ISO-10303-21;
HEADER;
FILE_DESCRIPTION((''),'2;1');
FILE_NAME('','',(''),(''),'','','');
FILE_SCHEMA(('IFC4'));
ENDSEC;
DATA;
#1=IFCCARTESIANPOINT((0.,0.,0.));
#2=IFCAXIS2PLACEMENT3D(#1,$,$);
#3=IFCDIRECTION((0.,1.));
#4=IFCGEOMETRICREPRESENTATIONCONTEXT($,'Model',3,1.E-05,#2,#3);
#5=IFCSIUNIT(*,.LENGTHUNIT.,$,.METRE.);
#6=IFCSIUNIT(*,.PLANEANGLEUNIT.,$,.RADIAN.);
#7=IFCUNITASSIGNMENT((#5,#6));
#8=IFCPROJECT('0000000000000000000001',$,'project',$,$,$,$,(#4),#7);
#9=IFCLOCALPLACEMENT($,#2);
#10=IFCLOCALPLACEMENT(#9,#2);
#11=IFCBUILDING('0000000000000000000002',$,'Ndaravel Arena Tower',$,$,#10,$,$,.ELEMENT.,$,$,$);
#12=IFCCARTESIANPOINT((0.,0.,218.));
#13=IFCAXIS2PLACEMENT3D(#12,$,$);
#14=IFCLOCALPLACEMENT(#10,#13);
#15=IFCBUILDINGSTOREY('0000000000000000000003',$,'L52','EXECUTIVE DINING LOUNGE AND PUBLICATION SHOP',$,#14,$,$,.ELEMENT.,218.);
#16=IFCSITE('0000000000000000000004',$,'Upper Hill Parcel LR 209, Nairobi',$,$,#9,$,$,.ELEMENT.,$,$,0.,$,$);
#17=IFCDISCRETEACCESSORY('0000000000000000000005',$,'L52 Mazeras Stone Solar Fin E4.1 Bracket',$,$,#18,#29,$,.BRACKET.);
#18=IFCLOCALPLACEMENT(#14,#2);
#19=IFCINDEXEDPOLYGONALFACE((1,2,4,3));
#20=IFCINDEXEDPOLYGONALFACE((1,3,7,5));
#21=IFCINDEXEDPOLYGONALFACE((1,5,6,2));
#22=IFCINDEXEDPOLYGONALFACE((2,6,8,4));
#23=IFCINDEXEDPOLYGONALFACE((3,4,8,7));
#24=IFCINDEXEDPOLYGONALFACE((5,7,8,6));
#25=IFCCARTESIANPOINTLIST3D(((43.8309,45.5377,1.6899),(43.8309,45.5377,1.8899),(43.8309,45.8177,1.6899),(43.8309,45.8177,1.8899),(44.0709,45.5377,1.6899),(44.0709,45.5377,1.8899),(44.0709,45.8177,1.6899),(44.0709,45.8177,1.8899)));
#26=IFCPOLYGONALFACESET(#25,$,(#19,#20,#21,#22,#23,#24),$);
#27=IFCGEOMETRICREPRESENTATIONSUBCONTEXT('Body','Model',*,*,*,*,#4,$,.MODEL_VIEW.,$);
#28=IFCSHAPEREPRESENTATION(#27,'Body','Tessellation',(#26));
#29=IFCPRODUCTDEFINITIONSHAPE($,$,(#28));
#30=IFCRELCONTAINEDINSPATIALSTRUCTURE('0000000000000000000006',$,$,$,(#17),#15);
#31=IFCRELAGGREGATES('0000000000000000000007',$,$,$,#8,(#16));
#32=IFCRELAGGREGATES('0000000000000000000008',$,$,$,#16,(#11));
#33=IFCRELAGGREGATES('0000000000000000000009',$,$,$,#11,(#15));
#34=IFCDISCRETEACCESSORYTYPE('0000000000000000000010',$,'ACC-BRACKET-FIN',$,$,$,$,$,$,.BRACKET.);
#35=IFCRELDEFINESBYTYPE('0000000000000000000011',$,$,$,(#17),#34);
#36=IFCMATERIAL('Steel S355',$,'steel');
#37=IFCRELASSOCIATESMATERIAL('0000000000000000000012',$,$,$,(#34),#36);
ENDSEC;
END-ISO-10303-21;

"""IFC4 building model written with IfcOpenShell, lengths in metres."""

from ifc_helpers import new_model, si_unit, direction, frame, origin, origin_2d, place, context, subcontext, project, spatial, rectangle, extrude, material, type_object, element, save


model = new_model("IFC4")

# Units and contexts
model_context = context("Model", 3, precision=1e-05, world=origin(), true_north=direction((0.0, 1.0)))
body_context = subcontext(model_context, "Body", "Model", "MODEL_VIEW")
ifc_project = project(units=[si_unit("LENGTHUNIT", "METRE"), si_unit("PLANEANGLEUNIT", "RADIAN")], contexts=[model_context])

# Site, building, storey
site_placement = place(None, origin())
site = spatial("IfcSite", under=ifc_project, at=site_placement, Name="Upper Hill Parcel LR 209, Nairobi", CompositionType="ELEMENT", RefElevation=0.0)
building_placement = place(site_placement, origin())
building = spatial("IfcBuilding", under=site, at=building_placement, Name="Ndaravel Arena Tower", CompositionType="ELEMENT")
storey_placement = place(building_placement, frame((0.0, 0.0, 218.0)))
storey = spatial("IfcBuildingStorey", under=building, at=storey_placement, Name="L52", Description="EXECUTIVE DINING LOUNGE AND PUBLICATION SHOP", CompositionType="ELEMENT", Elevation=218.0)

# Discrete accessory
ifc_material_1 = material(Name="Steel S355", Category="steel")
discrete_accessory_type = type_object("IfcDiscreteAccessoryType", Name="ACC-BRACKET-FIN", PredefinedType="BRACKET", material=ifc_material_1)
discrete_accessory_placement = place(storey_placement, frame((43.9509, 45.6777, 1.6899), z_axis=(0.0, 0.0, 1.0), x_axis=(0.0, 1.0, 0.0)))
element("IfcDiscreteAccessory", 1, at=discrete_accessory_placement, inside=storey, type_object=discrete_accessory_type, Name="L52 Mazeras Stone Solar Fin E4.1 Bracket", PredefinedType="BRACKET", context=body_context, shape_type="SweptSolid", body=[
    extrude(rectangle(XDim=0.28, YDim=0.24, at=origin_2d()), origin(), (0.0, 0.0, 1.0), 0.2),
])

save(model, "model.ifc")
